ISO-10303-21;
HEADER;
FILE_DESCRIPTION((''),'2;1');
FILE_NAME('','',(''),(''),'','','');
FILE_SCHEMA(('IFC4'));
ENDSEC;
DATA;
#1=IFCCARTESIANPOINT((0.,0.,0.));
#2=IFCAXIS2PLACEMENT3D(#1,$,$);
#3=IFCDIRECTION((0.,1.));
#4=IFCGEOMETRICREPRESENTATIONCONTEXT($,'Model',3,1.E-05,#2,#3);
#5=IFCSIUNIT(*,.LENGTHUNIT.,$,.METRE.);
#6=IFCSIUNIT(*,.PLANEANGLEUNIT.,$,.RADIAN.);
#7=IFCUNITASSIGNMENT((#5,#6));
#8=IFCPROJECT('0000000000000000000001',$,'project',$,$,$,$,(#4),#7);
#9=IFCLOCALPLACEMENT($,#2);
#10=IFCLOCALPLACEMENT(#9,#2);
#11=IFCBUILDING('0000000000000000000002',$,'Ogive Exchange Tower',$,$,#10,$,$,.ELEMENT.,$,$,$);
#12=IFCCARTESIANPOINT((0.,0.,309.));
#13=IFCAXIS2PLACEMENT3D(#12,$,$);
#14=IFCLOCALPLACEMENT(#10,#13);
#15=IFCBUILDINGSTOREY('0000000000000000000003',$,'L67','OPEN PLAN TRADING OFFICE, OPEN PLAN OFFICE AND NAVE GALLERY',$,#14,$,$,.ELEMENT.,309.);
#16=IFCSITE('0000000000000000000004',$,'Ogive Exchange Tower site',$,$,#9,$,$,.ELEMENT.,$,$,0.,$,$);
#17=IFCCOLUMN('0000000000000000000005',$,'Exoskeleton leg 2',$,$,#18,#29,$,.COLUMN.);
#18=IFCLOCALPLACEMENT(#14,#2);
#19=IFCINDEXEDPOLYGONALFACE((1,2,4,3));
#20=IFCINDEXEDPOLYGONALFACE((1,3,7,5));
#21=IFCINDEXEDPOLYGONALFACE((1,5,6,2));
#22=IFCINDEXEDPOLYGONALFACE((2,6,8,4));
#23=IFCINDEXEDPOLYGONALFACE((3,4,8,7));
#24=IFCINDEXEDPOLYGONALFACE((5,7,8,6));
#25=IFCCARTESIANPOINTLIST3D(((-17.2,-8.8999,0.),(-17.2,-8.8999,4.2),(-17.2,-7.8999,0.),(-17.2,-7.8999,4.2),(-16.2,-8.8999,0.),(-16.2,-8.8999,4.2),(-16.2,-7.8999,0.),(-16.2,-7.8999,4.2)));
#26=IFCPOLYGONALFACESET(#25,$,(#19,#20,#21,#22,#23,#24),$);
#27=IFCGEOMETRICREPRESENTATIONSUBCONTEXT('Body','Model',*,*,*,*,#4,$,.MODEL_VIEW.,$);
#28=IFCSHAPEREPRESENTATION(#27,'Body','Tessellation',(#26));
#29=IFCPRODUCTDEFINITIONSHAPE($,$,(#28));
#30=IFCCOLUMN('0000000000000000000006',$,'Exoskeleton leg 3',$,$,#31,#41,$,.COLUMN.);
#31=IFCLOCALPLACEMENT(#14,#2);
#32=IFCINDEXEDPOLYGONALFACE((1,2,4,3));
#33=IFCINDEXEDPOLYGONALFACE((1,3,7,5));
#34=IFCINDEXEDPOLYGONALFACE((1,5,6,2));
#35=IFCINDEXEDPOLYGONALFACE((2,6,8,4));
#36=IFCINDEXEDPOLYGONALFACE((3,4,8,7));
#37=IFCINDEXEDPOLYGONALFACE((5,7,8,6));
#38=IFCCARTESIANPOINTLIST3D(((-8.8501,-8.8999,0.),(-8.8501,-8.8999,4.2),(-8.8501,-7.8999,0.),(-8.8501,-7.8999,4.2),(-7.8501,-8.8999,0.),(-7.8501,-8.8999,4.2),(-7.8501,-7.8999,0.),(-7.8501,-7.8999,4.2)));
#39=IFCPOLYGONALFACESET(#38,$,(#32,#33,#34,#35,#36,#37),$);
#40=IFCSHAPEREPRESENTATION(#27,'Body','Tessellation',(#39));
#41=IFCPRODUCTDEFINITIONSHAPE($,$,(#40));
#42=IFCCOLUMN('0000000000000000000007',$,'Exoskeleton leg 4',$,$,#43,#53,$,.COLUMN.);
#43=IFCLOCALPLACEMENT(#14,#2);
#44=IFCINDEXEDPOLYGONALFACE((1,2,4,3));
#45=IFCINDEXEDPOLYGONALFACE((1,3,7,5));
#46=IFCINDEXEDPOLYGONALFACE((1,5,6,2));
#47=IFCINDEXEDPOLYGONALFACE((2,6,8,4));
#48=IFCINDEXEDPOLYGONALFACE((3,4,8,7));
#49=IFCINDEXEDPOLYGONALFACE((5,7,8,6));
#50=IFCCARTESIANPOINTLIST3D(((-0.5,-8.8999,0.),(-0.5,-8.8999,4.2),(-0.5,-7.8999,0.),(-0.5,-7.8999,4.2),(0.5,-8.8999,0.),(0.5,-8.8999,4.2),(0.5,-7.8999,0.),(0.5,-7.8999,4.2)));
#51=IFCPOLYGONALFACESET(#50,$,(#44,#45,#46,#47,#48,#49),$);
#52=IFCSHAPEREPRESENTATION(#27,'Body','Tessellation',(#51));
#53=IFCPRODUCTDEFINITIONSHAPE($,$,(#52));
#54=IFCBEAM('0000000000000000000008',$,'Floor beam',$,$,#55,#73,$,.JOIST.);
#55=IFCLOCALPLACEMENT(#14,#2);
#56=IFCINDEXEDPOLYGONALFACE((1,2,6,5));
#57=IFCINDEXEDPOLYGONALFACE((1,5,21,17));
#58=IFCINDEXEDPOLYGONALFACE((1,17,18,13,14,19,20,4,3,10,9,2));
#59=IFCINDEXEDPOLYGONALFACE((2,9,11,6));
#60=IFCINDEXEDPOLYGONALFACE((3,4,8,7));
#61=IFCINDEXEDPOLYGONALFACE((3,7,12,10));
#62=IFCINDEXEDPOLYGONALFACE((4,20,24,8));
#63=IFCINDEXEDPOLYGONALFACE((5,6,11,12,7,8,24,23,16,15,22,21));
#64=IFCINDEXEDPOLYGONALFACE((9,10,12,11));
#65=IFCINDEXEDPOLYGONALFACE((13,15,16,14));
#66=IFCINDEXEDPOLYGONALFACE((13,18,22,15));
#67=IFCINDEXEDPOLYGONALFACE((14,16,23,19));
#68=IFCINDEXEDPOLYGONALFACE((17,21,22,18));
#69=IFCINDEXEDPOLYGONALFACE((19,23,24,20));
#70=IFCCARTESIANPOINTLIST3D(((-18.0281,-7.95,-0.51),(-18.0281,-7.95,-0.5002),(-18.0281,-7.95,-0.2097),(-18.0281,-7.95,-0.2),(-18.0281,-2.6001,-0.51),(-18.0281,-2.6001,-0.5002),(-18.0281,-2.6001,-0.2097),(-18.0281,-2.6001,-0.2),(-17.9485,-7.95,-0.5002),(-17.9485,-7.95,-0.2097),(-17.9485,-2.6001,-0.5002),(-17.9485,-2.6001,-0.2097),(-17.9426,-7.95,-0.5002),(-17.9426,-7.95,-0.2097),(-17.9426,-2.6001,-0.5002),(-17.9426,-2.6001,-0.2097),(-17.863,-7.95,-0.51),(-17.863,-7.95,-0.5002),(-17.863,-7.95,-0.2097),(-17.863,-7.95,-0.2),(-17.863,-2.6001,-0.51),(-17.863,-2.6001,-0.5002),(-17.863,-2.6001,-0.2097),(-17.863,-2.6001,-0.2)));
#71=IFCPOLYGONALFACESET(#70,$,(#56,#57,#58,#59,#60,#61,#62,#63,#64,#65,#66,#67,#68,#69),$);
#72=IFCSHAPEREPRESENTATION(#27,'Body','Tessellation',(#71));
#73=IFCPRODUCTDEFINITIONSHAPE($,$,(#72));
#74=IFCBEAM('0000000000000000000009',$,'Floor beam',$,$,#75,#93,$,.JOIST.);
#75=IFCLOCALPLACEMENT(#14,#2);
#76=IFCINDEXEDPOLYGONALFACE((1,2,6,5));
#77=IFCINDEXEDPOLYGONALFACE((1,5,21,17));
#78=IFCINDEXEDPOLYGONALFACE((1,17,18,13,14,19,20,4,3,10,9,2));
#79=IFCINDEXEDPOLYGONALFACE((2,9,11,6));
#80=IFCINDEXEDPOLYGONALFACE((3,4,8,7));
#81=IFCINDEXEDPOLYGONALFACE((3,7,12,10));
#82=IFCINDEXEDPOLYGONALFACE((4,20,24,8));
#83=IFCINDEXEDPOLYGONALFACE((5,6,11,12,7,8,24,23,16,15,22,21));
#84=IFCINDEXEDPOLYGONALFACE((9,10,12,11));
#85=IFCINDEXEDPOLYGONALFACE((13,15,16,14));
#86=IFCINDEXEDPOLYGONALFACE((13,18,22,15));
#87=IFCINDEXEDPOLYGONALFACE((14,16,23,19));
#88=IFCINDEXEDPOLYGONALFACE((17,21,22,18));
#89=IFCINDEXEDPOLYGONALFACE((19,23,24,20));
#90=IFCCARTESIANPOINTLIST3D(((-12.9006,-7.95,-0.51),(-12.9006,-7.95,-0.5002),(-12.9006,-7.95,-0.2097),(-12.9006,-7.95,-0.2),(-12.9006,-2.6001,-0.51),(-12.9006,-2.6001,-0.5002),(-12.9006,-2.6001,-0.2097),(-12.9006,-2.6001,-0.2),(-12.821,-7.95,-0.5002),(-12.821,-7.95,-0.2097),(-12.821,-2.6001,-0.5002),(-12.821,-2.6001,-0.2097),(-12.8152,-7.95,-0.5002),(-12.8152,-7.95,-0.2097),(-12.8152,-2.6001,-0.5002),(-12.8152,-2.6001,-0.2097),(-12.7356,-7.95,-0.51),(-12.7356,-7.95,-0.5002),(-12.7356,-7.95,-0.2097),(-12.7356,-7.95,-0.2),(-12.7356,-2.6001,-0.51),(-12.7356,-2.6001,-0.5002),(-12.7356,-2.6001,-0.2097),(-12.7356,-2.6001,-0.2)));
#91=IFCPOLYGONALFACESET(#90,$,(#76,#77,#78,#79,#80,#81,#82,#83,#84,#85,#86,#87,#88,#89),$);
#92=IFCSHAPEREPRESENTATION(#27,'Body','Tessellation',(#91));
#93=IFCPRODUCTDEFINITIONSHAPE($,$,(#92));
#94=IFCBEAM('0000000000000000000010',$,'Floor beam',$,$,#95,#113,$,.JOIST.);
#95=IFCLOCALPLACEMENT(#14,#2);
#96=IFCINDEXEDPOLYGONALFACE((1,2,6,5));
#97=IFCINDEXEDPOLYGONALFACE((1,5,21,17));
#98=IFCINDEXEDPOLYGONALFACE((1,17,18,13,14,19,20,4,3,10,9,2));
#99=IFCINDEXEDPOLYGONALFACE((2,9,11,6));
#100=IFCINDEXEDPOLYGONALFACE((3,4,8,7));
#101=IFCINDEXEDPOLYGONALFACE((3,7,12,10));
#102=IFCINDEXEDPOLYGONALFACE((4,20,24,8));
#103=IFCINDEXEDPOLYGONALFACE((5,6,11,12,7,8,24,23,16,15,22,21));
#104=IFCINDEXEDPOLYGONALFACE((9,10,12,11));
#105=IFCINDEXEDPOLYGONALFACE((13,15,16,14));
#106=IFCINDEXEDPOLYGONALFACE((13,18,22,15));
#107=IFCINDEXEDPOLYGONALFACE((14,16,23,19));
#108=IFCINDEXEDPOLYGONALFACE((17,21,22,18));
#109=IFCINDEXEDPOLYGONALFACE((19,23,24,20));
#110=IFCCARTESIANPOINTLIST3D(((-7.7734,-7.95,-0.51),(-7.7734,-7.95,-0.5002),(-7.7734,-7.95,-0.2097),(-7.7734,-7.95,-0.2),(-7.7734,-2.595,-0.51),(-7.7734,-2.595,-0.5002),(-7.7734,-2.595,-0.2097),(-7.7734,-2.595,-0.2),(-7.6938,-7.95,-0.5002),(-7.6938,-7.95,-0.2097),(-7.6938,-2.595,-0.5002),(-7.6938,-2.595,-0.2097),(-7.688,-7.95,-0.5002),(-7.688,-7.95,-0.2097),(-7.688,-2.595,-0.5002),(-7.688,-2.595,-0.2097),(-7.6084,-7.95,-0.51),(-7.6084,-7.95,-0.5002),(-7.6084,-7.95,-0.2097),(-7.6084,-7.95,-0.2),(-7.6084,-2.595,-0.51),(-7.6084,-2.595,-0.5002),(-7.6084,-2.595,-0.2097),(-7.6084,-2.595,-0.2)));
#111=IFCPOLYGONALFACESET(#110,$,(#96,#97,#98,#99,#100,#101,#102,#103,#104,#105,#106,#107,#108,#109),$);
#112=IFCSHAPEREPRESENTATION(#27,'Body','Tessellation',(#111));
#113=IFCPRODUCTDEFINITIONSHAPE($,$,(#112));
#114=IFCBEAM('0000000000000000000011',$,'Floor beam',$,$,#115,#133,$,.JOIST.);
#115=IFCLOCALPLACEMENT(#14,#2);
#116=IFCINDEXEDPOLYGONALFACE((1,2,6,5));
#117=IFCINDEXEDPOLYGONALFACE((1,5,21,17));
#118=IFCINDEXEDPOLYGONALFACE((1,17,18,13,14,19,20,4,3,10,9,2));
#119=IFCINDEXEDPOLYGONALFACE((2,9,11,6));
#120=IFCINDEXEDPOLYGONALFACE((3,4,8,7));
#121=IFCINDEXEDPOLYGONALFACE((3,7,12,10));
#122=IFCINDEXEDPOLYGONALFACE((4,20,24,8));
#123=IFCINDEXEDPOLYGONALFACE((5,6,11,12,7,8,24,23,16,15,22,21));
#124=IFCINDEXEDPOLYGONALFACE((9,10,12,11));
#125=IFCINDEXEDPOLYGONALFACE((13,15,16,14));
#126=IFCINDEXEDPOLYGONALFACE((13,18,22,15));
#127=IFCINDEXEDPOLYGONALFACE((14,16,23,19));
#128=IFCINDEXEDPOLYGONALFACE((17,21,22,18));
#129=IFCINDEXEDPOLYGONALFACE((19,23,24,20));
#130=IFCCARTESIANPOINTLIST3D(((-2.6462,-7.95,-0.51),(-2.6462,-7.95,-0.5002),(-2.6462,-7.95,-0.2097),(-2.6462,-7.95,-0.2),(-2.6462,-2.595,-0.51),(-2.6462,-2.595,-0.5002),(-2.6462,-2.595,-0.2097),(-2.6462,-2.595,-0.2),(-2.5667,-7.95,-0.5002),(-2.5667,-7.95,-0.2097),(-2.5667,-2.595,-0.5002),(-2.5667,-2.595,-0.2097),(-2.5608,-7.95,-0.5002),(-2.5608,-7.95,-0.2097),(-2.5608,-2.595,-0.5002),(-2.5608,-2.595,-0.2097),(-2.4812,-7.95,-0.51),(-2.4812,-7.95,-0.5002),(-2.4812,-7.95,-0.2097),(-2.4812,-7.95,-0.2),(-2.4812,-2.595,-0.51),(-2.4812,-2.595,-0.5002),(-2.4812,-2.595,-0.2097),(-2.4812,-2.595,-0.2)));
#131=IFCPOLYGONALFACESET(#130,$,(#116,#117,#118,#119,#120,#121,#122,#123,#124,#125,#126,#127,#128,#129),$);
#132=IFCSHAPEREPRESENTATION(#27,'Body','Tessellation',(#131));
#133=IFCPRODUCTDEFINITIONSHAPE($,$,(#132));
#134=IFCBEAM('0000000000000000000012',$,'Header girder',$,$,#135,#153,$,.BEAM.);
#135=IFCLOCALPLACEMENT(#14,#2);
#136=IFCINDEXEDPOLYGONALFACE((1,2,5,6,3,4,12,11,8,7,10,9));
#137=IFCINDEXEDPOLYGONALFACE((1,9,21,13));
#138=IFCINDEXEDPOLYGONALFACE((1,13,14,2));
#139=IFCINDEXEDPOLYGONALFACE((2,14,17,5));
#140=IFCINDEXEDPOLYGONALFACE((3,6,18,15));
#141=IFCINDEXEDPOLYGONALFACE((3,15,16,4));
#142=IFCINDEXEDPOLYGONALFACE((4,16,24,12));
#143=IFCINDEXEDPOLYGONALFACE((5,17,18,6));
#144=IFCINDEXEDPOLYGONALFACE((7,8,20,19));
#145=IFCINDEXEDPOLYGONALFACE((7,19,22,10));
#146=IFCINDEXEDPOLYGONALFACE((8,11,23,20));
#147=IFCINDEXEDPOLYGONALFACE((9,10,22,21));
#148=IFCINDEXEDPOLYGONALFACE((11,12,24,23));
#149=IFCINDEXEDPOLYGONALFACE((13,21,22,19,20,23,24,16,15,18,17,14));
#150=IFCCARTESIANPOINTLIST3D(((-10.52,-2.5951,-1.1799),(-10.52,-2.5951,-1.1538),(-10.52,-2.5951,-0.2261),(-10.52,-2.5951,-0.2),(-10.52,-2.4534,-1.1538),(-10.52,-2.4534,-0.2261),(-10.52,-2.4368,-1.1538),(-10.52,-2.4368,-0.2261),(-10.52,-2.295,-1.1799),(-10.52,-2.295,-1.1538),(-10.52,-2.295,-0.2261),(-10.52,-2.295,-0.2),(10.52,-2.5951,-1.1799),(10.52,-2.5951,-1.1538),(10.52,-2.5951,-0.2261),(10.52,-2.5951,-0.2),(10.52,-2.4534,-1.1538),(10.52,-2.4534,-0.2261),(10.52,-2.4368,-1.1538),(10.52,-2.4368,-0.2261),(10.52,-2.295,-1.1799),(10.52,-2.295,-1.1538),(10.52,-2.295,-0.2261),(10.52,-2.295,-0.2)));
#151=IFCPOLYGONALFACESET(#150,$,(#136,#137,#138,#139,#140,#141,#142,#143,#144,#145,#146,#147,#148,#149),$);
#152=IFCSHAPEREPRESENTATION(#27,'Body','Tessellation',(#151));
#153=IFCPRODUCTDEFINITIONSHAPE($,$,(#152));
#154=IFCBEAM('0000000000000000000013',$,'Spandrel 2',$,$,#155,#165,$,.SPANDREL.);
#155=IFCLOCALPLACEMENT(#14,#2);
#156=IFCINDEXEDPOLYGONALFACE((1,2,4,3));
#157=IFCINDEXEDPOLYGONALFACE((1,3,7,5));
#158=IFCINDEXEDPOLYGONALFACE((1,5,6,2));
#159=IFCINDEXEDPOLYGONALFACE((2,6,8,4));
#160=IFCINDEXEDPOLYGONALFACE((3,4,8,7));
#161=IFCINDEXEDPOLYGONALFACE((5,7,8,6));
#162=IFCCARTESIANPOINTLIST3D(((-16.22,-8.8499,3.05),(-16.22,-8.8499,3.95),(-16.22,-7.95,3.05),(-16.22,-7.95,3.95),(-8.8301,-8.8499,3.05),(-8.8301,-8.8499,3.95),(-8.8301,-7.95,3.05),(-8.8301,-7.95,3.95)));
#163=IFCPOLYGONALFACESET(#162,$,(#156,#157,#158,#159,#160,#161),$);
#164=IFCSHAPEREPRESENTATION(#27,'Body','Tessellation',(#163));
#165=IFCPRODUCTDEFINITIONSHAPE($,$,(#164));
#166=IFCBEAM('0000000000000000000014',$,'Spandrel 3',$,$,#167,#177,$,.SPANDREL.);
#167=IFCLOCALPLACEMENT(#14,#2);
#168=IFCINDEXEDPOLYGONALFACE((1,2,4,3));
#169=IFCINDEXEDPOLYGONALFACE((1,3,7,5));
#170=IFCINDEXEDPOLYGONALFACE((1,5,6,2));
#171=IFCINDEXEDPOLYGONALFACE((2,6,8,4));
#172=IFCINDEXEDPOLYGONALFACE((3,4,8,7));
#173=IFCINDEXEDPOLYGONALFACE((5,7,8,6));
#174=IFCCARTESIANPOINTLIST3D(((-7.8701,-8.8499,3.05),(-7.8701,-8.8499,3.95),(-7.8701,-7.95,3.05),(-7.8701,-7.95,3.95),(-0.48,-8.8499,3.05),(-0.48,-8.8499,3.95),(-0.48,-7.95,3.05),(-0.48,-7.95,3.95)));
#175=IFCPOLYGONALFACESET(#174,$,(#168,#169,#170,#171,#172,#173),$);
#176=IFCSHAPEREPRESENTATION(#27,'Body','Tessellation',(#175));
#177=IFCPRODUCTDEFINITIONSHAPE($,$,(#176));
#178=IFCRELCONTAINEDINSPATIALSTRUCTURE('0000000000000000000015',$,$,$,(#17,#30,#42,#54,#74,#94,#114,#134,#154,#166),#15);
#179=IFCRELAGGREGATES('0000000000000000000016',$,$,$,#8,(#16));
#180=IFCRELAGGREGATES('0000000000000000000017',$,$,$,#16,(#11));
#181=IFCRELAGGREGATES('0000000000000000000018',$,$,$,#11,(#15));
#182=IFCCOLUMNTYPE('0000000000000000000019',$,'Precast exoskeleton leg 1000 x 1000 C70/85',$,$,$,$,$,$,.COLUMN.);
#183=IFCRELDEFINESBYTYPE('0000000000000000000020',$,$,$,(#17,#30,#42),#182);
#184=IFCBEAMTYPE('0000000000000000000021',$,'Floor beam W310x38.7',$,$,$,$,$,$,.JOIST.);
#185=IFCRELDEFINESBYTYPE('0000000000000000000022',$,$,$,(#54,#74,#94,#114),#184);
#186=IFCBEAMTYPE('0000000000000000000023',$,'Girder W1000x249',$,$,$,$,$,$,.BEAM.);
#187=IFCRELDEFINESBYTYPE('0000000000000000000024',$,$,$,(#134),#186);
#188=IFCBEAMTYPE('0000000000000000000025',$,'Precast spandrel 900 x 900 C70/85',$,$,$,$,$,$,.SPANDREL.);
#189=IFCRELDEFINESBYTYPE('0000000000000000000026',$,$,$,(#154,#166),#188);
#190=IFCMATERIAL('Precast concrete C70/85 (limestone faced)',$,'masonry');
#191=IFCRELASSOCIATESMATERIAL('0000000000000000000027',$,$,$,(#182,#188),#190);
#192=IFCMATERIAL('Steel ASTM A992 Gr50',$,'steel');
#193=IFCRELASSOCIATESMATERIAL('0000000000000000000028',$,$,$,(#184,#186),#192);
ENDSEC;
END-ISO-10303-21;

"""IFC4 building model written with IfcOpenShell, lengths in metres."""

from ifc_helpers import new_model, si_unit, direction, frame, origin, origin_2d, place, context, subcontext, project, spatial, rectangle, i_section, extrude, material, material_profile, profile_set, type_object, element, save


model = new_model("IFC4")

# Units and contexts
model_context = context("Model", 3, precision=1e-05, world=origin(), true_north=direction((0.0, 1.0)))
body_context = subcontext(model_context, "Body", "Model", "MODEL_VIEW")
ifc_project = project(units=[si_unit("LENGTHUNIT", "METRE"), si_unit("PLANEANGLEUNIT", "RADIAN")], contexts=[model_context])

# Site, building, storey
site_placement = place(None, origin())
site = spatial("IfcSite", under=ifc_project, at=site_placement, Name="Ogive Exchange Tower site", CompositionType="ELEMENT", RefElevation=0.0)
building_placement = place(site_placement, origin())
building = spatial("IfcBuilding", under=site, at=building_placement, Name="Ogive Exchange Tower", CompositionType="ELEMENT")
storey_placement = place(building_placement, frame((0.0, 0.0, 309.0)))
storey = spatial("IfcBuildingStorey", under=building, at=storey_placement, Name="L67", Description="OPEN PLAN TRADING OFFICE, OPEN PLAN OFFICE AND NAVE GALLERY", CompositionType="ELEMENT", Elevation=309.0)

# Columns
ifc_material_1 = material(Name="Precast concrete C70/85 (limestone faced)", Category="masonry")
ifc_material_profile_1 = material_profile(ifc_material_1, rectangle(XDim=1.0, YDim=1.0, at=origin_2d()), Name="1000 x 1000")
ifc_profile_set_1 = profile_set([ifc_material_profile_1], Name="Precast concrete C70/85 (limestone faced)")
column_type = type_object("IfcColumnType", Name="Precast exoskeleton leg 1000 x 1000 C70/85", PredefinedType="COLUMN", material=ifc_profile_set_1)
for number, where, z_axis, x_axis, name in (
    (1, (-16.7, -8.3999, 0.0), (0.0, 0.0, 1.0), (1.0, 0.0, 0.0), "Exoskeleton leg 2"),
    (2, (-8.3501, -8.3999, 0.0), (0.0, 0.0, 1.0), (1.0, 0.0, 0.0), "Exoskeleton leg 3"),
    (3, (0.0, -8.3999, 0.0), (0.0, 0.0, 1.0), (1.0, 0.0, 0.0), "Exoskeleton leg 4"),
):
    element("IfcColumn", number, at=place(storey_placement, frame(where, z_axis=z_axis, x_axis=x_axis)), inside=storey, type_object=column_type, Name=name, PredefinedType="COLUMN", context=body_context, shape_type="SweptSolid", body=[
        extrude(rectangle(XDim=1.0, YDim=1.0, at=origin_2d()), origin(), (0.0, 0.0, 1.0), 4.2),
    ])

# Beams
ifc_material_2 = material(Name="Steel ASTM A992 Gr50", Category="steel")
ifc_material_profile_2 = material_profile(ifc_material_2, i_section(OverallWidth=0.165, OverallDepth=0.3101, WebThickness=0.0059, FlangeThickness=0.0098, at=origin_2d()), Name="W310x38.7")
ifc_profile_set_2 = profile_set([ifc_material_profile_2], Name="Steel ASTM A992 Gr50")
beam_type_1 = type_object("IfcBeamType", Name="Floor beam W310x38.7", PredefinedType="JOIST", material=ifc_profile_set_2)
for number, where, z_axis, x_axis, name in (
    (4, (-17.9456, -7.95, -0.355), (0.0, 1.0, 0.0), (-1.0, 0.0, 0.0), "Floor beam"),
    (5, (-12.8181, -7.95, -0.355), (0.0, 1.0, 0.0), (-1.0, 0.0, 0.0), "Floor beam"),
):
    element("IfcBeam", number, at=place(storey_placement, frame(where, z_axis=z_axis, x_axis=x_axis)), inside=storey, type_object=beam_type_1, Name=name, PredefinedType="JOIST", context=body_context, shape_type="SweptSolid", body=[
        extrude(i_section(OverallWidth=0.165, OverallDepth=0.3101, WebThickness=0.0059, FlangeThickness=0.0098, at=origin_2d()), origin(), (0.0, 0.0, 1.0), 5.3499),
    ])
for number, where, z_axis, x_axis, name in (
    (6, (-7.6909, -7.95, -0.355), (0.0, 1.0, 0.0), (-1.0, 0.0, 0.0), "Floor beam"),
    (7, (-2.5637, -7.95, -0.355), (0.0, 1.0, 0.0), (-1.0, 0.0, 0.0), "Floor beam"),
):
    element("IfcBeam", number, at=place(storey_placement, frame(where, z_axis=z_axis, x_axis=x_axis)), inside=storey, type_object=beam_type_1, Name=name, PredefinedType="JOIST", context=body_context, shape_type="SweptSolid", body=[
        extrude(i_section(OverallWidth=0.165, OverallDepth=0.3101, WebThickness=0.0059, FlangeThickness=0.0098, at=origin_2d()), origin(), (0.0, 0.0, 1.0), 5.355),
    ])
ifc_material_profile_3 = material_profile(ifc_material_2, i_section(OverallWidth=0.3, OverallDepth=0.98, WebThickness=0.0166, FlangeThickness=0.0261, at=origin_2d()), Name="W1000x249")
ifc_profile_set_3 = profile_set([ifc_material_profile_3], Name="Steel ASTM A992 Gr50")
beam_type_2 = type_object("IfcBeamType", Name="Girder W1000x249", PredefinedType="BEAM", material=ifc_profile_set_3)
beam_1_placement = place(storey_placement, frame((-10.52, -2.4451, -0.6899), z_axis=(1.0, 0.0, 0.0), x_axis=(0.0, 1.0, 0.0)))
element("IfcBeam", 8, at=beam_1_placement, inside=storey, type_object=beam_type_2, Name="Header girder", PredefinedType="BEAM", context=body_context, shape_type="SweptSolid", body=[
    extrude(i_section(OverallWidth=0.3, OverallDepth=0.98, WebThickness=0.0166, FlangeThickness=0.0261, at=origin_2d()), origin(), (0.0, 0.0, 1.0), 21.04),
])
ifc_material_profile_4 = material_profile(ifc_material_1, rectangle(XDim=0.8999, YDim=0.8999, at=origin_2d()), Name="900 x 900")
ifc_profile_set_4 = profile_set([ifc_material_profile_4], Name="Precast concrete C70/85 (limestone faced)")
beam_type_3 = type_object("IfcBeamType", Name="Precast spandrel 900 x 900 C70/85", PredefinedType="SPANDREL", material=ifc_profile_set_4)
beam_2_placement = place(storey_placement, frame((-16.22, -8.3999, 3.5), z_axis=(1.0, 0.0, 0.0), x_axis=(0.0, 1.0, 0.0)))
element("IfcBeam", 9, at=beam_2_placement, inside=storey, type_object=beam_type_3, Name="Spandrel 2", PredefinedType="SPANDREL", context=body_context, shape_type="SweptSolid", body=[
    extrude(rectangle(XDim=0.8999, YDim=0.8999, at=origin_2d()), origin(), (0.0, 0.0, 1.0), 7.3899),
])
beam_3_placement = place(storey_placement, frame((-7.8701, -8.3999, 3.5), z_axis=(1.0, 0.0, 0.0), x_axis=(0.0, 1.0, 0.0)))
element("IfcBeam", 10, at=beam_3_placement, inside=storey, type_object=beam_type_3, Name="Spandrel 3", PredefinedType="SPANDREL", context=body_context, shape_type="SweptSolid", body=[
    extrude(rectangle(XDim=0.8999, YDim=0.8999, at=origin_2d()), origin(), (0.0, 0.0, 1.0), 7.3901),
])

save(model, "model.ifc")
